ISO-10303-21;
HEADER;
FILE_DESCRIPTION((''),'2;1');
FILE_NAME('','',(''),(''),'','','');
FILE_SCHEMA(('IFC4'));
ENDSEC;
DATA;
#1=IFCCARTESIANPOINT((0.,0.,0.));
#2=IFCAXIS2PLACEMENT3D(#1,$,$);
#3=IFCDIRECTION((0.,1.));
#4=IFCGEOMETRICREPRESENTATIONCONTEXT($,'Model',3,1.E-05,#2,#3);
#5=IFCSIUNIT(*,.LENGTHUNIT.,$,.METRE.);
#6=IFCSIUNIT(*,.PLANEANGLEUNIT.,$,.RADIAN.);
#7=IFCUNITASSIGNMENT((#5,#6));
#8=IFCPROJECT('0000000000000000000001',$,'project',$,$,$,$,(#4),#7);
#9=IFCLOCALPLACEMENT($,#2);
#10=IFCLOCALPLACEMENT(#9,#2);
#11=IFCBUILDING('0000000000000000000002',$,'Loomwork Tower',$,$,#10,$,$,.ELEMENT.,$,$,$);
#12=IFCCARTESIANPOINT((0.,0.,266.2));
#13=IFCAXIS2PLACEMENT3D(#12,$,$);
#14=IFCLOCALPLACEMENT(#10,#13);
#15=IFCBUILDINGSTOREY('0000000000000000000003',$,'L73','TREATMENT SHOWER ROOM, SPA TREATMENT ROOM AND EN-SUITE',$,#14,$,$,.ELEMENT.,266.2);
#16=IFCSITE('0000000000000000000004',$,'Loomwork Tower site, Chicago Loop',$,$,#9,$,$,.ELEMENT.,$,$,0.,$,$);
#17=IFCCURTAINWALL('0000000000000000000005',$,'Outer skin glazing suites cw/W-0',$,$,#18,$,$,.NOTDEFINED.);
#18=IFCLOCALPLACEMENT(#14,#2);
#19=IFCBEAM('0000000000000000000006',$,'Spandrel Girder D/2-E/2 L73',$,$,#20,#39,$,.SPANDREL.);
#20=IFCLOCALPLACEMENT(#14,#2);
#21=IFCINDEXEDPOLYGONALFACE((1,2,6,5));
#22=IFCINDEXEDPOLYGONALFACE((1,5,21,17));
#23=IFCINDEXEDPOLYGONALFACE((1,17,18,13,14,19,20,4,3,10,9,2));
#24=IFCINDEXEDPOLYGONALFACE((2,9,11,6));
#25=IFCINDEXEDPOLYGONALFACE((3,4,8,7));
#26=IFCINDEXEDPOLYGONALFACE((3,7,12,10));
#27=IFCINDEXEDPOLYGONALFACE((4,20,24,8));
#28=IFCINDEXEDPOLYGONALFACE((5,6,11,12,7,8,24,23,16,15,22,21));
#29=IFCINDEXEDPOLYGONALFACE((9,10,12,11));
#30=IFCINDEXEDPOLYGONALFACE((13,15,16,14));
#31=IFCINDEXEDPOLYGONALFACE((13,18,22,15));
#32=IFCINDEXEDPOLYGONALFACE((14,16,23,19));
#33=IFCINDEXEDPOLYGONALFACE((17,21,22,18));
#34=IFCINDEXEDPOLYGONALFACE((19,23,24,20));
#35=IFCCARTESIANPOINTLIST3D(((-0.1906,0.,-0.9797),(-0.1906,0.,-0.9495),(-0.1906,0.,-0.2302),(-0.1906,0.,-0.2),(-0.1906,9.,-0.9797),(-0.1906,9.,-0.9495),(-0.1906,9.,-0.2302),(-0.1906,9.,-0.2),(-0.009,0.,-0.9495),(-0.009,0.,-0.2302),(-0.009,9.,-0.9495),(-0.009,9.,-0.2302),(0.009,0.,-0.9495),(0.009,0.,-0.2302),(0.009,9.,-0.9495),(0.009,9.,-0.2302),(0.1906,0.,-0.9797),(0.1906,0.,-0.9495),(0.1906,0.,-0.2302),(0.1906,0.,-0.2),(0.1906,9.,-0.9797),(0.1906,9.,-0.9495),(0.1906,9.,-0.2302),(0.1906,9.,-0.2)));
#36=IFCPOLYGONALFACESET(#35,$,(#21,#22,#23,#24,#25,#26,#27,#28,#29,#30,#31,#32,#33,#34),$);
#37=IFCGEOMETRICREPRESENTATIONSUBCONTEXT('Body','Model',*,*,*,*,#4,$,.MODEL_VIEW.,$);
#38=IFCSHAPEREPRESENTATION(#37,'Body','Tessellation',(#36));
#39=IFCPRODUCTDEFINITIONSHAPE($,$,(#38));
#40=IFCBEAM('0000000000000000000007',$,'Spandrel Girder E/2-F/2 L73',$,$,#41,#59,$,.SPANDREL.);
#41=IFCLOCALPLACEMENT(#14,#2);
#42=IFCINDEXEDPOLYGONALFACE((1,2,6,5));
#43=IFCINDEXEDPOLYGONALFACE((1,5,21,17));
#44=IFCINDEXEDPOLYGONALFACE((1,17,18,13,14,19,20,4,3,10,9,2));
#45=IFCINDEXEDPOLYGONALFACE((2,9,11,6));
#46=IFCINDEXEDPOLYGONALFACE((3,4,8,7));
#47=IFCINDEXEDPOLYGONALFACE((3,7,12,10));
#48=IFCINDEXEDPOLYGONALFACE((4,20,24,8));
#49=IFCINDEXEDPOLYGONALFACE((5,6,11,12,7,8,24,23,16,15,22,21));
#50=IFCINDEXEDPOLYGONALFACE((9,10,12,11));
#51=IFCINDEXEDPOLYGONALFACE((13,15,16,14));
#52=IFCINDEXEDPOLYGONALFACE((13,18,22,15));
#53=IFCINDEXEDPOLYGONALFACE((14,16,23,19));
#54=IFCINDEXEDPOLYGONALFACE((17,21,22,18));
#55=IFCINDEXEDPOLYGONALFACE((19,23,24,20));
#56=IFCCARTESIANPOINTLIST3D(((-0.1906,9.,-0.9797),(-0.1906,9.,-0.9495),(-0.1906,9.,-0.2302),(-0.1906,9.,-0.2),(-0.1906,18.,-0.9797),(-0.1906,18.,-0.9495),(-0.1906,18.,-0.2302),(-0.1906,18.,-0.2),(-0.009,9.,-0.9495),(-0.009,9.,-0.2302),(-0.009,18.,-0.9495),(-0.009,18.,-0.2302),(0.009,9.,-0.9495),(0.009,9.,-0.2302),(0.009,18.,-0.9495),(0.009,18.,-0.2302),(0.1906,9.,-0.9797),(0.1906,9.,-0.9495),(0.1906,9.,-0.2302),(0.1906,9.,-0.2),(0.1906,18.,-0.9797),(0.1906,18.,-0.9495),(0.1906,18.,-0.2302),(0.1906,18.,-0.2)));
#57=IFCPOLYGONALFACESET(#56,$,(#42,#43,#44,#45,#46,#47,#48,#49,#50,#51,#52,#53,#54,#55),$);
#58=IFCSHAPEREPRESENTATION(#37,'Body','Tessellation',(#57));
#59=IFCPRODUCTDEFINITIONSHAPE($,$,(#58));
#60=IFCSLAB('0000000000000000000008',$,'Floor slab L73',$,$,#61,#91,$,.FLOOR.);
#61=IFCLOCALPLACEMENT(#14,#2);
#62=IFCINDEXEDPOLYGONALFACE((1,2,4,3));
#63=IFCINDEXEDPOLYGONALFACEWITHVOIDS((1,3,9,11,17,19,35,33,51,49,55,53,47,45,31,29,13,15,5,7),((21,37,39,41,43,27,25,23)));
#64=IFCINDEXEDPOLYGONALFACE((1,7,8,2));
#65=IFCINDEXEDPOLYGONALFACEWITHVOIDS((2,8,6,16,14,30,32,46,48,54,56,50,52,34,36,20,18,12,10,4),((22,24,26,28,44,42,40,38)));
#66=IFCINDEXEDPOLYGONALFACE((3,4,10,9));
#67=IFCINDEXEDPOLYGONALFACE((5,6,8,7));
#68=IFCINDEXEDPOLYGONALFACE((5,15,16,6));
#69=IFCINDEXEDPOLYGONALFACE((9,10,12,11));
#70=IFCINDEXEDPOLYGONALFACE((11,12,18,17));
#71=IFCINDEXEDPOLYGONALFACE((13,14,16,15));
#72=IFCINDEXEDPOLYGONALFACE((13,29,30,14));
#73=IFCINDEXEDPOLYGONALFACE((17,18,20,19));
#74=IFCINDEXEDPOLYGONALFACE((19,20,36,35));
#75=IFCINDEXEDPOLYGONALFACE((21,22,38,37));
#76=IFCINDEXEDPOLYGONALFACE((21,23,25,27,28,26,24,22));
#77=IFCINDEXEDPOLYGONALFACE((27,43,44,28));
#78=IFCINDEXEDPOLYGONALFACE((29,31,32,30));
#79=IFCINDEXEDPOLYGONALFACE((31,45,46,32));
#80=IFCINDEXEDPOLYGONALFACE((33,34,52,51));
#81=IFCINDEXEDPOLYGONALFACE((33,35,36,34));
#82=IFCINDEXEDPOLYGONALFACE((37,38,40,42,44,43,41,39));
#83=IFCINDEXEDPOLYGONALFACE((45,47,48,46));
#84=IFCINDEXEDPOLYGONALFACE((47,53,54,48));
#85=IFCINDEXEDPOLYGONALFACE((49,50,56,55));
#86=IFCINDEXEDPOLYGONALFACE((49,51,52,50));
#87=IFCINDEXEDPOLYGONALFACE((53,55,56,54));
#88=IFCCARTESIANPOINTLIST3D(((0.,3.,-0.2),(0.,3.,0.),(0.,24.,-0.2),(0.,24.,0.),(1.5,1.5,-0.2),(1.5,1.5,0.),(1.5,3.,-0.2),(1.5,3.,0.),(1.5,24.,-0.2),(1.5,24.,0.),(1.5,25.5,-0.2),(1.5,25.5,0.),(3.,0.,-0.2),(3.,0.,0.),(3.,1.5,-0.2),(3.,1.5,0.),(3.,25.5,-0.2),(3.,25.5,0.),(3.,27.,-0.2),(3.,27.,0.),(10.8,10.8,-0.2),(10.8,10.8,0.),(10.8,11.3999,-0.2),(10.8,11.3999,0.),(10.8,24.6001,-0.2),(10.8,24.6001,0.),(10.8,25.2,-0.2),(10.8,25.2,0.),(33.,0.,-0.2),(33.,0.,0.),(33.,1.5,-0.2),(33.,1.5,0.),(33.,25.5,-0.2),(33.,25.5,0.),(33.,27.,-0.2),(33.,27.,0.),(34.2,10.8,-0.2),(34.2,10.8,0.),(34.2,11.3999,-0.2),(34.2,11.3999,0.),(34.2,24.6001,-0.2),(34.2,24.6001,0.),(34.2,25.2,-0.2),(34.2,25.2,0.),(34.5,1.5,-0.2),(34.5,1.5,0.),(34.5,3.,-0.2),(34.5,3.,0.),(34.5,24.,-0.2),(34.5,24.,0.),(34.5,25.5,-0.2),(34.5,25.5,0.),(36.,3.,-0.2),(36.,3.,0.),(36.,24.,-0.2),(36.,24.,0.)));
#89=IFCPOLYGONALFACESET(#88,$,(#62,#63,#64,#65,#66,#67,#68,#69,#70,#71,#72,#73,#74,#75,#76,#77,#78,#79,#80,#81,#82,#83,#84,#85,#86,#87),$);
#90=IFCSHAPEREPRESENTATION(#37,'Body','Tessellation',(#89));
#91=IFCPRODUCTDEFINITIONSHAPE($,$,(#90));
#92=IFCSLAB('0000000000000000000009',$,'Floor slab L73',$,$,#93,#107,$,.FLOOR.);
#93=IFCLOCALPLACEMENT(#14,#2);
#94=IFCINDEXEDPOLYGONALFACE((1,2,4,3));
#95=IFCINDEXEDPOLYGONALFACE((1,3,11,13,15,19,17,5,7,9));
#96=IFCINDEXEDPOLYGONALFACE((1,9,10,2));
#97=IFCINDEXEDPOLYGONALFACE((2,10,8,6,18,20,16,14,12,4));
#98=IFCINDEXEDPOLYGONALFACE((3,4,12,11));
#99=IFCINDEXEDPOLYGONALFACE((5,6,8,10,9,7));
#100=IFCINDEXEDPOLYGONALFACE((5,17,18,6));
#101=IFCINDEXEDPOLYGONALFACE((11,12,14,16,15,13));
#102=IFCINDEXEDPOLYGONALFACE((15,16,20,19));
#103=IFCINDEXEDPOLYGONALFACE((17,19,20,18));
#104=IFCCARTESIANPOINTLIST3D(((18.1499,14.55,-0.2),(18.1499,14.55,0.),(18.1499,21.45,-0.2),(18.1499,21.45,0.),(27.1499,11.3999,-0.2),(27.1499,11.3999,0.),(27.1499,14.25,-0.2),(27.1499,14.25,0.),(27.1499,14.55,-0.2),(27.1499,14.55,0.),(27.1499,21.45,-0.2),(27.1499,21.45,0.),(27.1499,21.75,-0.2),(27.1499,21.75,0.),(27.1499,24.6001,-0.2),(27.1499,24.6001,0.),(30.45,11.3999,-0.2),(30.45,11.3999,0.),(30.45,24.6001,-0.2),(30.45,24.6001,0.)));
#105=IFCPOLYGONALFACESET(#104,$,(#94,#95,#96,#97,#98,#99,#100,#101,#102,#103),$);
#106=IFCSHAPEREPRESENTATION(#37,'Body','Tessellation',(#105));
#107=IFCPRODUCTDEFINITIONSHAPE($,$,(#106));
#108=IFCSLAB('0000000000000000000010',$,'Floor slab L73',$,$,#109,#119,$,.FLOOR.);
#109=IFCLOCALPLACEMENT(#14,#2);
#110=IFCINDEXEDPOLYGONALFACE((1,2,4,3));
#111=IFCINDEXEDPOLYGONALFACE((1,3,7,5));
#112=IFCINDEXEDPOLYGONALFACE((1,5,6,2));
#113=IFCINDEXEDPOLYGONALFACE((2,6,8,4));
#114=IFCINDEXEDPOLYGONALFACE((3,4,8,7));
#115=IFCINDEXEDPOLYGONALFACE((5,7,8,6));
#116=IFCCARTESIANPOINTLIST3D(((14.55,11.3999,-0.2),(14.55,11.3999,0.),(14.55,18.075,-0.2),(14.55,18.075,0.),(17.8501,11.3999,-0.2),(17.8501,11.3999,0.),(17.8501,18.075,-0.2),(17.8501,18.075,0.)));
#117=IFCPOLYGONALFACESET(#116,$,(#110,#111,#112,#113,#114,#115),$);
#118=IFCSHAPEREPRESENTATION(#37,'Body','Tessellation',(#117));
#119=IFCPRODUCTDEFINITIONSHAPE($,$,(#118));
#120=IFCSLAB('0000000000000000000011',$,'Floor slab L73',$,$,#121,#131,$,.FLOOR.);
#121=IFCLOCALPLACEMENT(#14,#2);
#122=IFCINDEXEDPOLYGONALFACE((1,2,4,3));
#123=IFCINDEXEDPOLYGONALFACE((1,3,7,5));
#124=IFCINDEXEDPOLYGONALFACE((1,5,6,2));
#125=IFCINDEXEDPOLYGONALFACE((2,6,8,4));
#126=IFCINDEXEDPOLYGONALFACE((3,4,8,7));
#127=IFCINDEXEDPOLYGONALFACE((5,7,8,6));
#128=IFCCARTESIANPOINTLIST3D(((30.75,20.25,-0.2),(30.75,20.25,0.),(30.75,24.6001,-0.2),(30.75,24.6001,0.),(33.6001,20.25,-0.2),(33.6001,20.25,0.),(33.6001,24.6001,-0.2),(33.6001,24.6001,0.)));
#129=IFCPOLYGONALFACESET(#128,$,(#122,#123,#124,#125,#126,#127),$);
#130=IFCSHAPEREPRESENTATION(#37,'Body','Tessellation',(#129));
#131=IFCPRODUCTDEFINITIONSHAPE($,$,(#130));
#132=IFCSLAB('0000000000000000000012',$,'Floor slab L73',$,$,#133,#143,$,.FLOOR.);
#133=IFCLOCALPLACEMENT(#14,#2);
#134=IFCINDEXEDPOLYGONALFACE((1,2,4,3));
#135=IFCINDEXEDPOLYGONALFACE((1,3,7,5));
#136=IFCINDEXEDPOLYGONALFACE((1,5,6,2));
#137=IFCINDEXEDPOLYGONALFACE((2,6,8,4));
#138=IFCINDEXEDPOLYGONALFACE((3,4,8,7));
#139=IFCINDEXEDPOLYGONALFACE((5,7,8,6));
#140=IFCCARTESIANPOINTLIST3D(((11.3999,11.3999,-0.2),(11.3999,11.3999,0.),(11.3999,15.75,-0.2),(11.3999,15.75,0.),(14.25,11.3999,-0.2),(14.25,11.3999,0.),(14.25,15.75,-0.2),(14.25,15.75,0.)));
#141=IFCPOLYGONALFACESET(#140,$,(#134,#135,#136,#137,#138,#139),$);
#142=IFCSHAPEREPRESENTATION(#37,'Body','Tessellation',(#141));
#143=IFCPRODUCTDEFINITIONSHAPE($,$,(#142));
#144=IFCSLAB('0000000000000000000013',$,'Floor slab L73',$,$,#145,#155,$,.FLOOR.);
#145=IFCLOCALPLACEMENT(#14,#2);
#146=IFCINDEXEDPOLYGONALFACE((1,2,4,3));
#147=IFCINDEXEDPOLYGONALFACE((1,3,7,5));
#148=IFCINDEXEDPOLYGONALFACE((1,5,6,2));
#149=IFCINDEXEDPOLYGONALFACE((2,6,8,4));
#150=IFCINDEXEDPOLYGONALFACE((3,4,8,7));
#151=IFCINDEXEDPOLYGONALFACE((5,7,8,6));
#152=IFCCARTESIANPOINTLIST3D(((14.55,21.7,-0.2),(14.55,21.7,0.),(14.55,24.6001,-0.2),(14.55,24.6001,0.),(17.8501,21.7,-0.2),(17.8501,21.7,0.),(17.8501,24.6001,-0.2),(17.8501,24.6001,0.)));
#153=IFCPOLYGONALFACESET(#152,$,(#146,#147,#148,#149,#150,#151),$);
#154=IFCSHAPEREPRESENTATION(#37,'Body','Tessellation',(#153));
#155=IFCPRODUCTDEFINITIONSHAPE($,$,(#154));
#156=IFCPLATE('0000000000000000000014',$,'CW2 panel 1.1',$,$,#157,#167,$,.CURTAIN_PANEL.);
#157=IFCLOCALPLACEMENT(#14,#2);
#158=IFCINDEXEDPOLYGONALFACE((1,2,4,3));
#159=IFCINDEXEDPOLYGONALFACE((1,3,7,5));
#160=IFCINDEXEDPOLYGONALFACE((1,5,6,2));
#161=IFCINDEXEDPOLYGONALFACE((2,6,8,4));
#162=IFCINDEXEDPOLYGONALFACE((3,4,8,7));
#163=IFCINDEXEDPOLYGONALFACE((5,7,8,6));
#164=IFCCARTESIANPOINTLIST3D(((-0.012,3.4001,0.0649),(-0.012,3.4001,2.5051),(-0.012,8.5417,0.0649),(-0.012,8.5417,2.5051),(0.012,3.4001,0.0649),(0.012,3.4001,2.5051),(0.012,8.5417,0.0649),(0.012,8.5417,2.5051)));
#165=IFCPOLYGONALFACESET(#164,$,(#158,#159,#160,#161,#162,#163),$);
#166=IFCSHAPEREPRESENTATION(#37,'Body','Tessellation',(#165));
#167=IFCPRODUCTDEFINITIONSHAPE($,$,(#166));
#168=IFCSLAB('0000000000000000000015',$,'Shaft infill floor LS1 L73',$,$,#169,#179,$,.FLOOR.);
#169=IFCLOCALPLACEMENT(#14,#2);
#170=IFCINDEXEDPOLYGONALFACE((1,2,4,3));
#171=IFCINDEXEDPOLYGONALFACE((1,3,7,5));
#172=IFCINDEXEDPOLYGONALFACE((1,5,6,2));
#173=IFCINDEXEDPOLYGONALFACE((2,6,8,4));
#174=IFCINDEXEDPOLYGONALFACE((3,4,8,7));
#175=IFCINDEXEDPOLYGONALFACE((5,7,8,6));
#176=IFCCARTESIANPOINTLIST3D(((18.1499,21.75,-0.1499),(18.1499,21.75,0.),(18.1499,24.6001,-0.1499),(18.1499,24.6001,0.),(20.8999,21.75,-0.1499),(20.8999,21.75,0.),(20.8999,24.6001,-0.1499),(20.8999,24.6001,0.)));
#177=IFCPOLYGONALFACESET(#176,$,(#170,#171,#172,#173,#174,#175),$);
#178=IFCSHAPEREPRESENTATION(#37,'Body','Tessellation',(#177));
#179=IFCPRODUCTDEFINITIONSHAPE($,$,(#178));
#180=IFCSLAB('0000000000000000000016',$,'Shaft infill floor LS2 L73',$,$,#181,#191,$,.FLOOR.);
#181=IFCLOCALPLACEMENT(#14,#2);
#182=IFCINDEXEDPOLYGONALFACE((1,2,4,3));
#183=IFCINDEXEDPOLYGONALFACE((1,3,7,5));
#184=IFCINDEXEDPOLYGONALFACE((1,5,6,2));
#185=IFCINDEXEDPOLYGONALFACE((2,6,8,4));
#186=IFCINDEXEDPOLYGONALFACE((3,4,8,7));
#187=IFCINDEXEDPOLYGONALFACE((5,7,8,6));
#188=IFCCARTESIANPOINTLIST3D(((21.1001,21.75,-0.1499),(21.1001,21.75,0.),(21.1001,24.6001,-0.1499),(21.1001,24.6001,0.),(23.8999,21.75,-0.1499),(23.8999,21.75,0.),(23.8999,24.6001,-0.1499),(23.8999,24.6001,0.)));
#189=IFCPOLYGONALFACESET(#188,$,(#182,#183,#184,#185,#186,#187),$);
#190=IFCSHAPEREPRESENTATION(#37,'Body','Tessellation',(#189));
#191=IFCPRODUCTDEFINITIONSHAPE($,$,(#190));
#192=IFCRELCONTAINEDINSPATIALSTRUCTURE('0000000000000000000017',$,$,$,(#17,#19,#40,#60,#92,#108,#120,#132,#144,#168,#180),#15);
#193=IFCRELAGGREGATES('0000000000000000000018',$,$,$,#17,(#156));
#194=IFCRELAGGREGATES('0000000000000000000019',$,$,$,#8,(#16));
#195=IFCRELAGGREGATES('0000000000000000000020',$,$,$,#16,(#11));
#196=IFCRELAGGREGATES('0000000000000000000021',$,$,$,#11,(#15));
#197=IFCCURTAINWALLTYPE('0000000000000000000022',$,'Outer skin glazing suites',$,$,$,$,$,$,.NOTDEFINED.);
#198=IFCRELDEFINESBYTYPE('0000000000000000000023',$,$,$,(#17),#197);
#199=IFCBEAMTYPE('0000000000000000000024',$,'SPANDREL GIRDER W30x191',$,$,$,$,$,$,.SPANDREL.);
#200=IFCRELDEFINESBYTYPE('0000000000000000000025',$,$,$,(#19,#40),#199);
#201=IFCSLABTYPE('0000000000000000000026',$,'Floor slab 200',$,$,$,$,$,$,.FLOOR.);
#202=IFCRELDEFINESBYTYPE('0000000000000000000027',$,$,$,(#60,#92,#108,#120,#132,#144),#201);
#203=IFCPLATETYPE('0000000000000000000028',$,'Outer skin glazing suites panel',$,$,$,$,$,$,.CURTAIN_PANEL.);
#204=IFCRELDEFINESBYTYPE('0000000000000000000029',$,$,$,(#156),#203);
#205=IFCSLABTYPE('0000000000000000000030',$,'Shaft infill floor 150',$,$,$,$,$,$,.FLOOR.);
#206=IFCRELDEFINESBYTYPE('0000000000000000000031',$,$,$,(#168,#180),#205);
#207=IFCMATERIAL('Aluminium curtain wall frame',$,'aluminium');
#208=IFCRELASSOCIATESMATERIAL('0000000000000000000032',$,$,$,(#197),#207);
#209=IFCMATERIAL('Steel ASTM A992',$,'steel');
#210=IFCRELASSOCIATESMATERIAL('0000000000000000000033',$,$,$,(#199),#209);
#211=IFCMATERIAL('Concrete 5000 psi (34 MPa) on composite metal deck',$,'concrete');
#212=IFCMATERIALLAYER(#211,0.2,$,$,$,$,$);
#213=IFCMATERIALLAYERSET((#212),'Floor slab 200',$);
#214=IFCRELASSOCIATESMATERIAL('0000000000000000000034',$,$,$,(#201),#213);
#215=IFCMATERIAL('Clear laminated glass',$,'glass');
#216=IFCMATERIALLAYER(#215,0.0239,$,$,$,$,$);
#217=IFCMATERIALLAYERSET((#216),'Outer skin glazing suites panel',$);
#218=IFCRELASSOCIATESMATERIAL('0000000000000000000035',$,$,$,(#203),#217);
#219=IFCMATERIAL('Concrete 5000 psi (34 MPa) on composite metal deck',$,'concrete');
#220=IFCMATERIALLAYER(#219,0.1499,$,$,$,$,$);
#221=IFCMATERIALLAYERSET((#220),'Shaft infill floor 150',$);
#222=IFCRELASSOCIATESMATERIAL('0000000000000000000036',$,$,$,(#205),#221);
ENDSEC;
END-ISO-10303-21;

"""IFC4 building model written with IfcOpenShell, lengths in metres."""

from ifc_helpers import new_model, si_unit, direction, frame, origin, origin_2d, place, context, subcontext, project, spatial, polyline, rectangle, i_section, outline, extrude, material, layer, layer_set, material_profile, profile_set, type_object, element, aggregate, save


model = new_model("IFC4")

# Units and contexts
model_context = context("Model", 3, precision=1e-05, world=origin(), true_north=direction((0.0, 1.0)))
body_context = subcontext(model_context, "Body", "Model", "MODEL_VIEW")
ifc_project = project(units=[si_unit("LENGTHUNIT", "METRE"), si_unit("PLANEANGLEUNIT", "RADIAN")], contexts=[model_context])

# Site, building, storey
site_placement = place(None, origin())
site = spatial("IfcSite", under=ifc_project, at=site_placement, Name="Loomwork Tower site, Chicago Loop", CompositionType="ELEMENT", RefElevation=0.0)
building_placement = place(site_placement, origin())
building = spatial("IfcBuilding", under=site, at=building_placement, Name="Loomwork Tower", CompositionType="ELEMENT")
storey_placement = place(building_placement, frame((0.0, 0.0, 266.2)))
storey = spatial("IfcBuildingStorey", under=building, at=storey_placement, Name="L73", Description="TREATMENT SHOWER ROOM, SPA TREATMENT ROOM AND EN-SUITE", CompositionType="ELEMENT", Elevation=266.2)

# Curtain wall
ifc_material_1 = material(Name="Aluminium curtain wall frame", Category="aluminium")
curtain_wall_type = type_object("IfcCurtainWallType", Name="Outer skin glazing suites", PredefinedType="NOTDEFINED", material=ifc_material_1)
curtain_wall_placement = place(storey_placement, origin())
curtain_wall = element("IfcCurtainWall", 1, at=curtain_wall_placement, inside=storey, type_object=curtain_wall_type, Name="Outer skin glazing suites cw/W-0", PredefinedType="NOTDEFINED")

# Beams
ifc_material_2 = material(Name="Steel ASTM A992", Category="steel")
ifc_material_profile_1 = material_profile(ifc_material_2, i_section(OverallWidth=0.3811, OverallDepth=0.7798, WebThickness=0.0181, FlangeThickness=0.0303, at=origin_2d()), Name="W30x191")
ifc_profile_set_1 = profile_set([ifc_material_profile_1], Name="Steel ASTM A992")
beam_type_1 = type_object("IfcBeamType", Name="SPANDREL GIRDER W30x191", PredefinedType="SPANDREL", material=ifc_profile_set_1)
for number, where, z_axis, x_axis, name in (
    (2, (0.0, 0.0, -0.5898), (0.0, 1.0, 0.0), (-1.0, 0.0, 0.0), "Spandrel Girder D/2-E/2 L73"),
    (3, (0.0, 9.0, -0.5898), (0.0, 1.0, 0.0), (-1.0, 0.0, 0.0), "Spandrel Girder E/2-F/2 L73"),
):
    element("IfcBeam", number, at=place(storey_placement, frame(where, z_axis=z_axis, x_axis=x_axis)), inside=storey, type_object=beam_type_1, Name=name, PredefinedType="SPANDREL", context=body_context, shape_type="SweptSolid", body=[
        extrude(i_section(OverallWidth=0.3811, OverallDepth=0.7798, WebThickness=0.0181, FlangeThickness=0.0303, at=origin_2d()), origin(), (0.0, 0.0, 1.0), 9.0),
    ])

# Slabs
ifc_material_3 = material(Name="Concrete 5000 psi (34 MPa) on composite metal deck", Category="concrete")
ifc_layer_1 = layer(ifc_material_3, 0.2)
ifc_layer_set_1 = layer_set([ifc_layer_1], Name="Floor slab 200")
slab_type_1 = type_object("IfcSlabType", Name="Floor slab 200", PredefinedType="FLOOR", material=ifc_layer_set_1)
slab_1_placement = place(storey_placement, frame((0.0, 0.0, -0.2)))
element("IfcSlab", 4, at=slab_1_placement, inside=storey, type_object=slab_type_1, Name="Floor slab L73", PredefinedType="FLOOR", context=body_context, shape_type="SweptSolid", body=[
    extrude(outline(polyline([(3.0, 1.5), (1.5, 1.5), (1.5, 3.0), (0.0, 3.0), (0.0, 24.0), (1.5, 24.0), (1.5, 25.5), (3.0, 25.5), (3.0, 27.0), (33.0, 27.0), (33.0, 25.5), (34.5, 25.5), (34.5, 24.0), (36.0, 24.0), (36.0, 3.0), (34.5, 3.0), (34.5, 1.5), (33.0, 1.5), (33.0, 0.0), (3.0, 0.0), (3.0, 1.5)]), holes=[polyline([(10.8, 11.3999), (10.8, 11.3999), (10.8, 10.8), (34.2, 10.8), (34.2, 11.3999), (34.2, 11.3999), (34.2, 24.6001), (34.2, 25.2), (10.8, 25.2), (10.8, 24.6001), (10.8, 11.3999)])]), origin(), (0.0, 0.0, 1.0), 0.2),
])
slab_2_placement = place(storey_placement, frame((0.0, 0.0, -0.2)))
element("IfcSlab", 5, at=slab_2_placement, inside=storey, type_object=slab_type_1, Name="Floor slab L73", PredefinedType="FLOOR", context=body_context, shape_type="SweptSolid", body=[
    extrude(outline(polyline([(30.45, 24.6001), (30.45, 11.3999), (27.1499, 11.3999), (27.1499, 14.25), (27.1499, 14.55), (18.1499, 14.55), (18.1499, 21.45), (27.1499, 21.45), (27.1499, 21.75), (27.1499, 24.6001), (30.45, 24.6001)])), origin(), (0.0, 0.0, 1.0), 0.2),
])
slab_3_placement = place(storey_placement, frame((0.0, 0.0, -0.2)))
element("IfcSlab", 6, at=slab_3_placement, inside=storey, type_object=slab_type_1, Name="Floor slab L73", PredefinedType="FLOOR", context=body_context, shape_type="SweptSolid", body=[
    extrude(outline(polyline([(14.55, 11.3999), (14.55, 18.075), (17.8501, 18.075), (17.8501, 11.3999), (14.55, 11.3999)])), origin(), (0.0, 0.0, 1.0), 0.2),
])
slab_4_placement = place(storey_placement, frame((0.0, 0.0, -0.2)))
element("IfcSlab", 7, at=slab_4_placement, inside=storey, type_object=slab_type_1, Name="Floor slab L73", PredefinedType="FLOOR", context=body_context, shape_type="SweptSolid", body=[
    extrude(outline(polyline([(33.6001, 20.25), (30.75, 20.25), (30.75, 24.6001), (33.6001, 24.6001), (33.6001, 20.25)])), origin(), (0.0, 0.0, 1.0), 0.2),
])
slab_5_placement = place(storey_placement, frame((0.0, 0.0, -0.2)))
element("IfcSlab", 8, at=slab_5_placement, inside=storey, type_object=slab_type_1, Name="Floor slab L73", PredefinedType="FLOOR", context=body_context, shape_type="SweptSolid", body=[
    extrude(outline(polyline([(14.25, 15.75), (14.25, 11.3999), (11.3999, 11.3999), (11.3999, 15.75), (14.25, 15.75)])), origin(), (0.0, 0.0, 1.0), 0.2),
])
slab_6_placement = place(storey_placement, frame((0.0, 0.0, -0.2)))
element("IfcSlab", 9, at=slab_6_placement, inside=storey, type_object=slab_type_1, Name="Floor slab L73", PredefinedType="FLOOR", context=body_context, shape_type="SweptSolid", body=[
    extrude(outline(polyline([(14.55, 21.7), (14.55, 24.6001), (17.8501, 24.6001), (17.8501, 21.7), (14.55, 21.7)])), origin(), (0.0, 0.0, 1.0), 0.2),
])

# Plate
ifc_material_4 = material(Name="Clear laminated glass", Category="glass")
ifc_layer_2 = layer(ifc_material_4, 0.0239)
ifc_layer_set_2 = layer_set([ifc_layer_2], Name="Outer skin glazing suites panel")
plate_type = type_object("IfcPlateType", Name="Outer skin glazing suites panel", PredefinedType="CURTAIN_PANEL", material=ifc_layer_set_2)
plate_placement = place(storey_placement, frame((0.0, 5.9709, 0.0649), z_axis=(0.0, 0.0, 1.0), x_axis=(0.0, -1.0, 0.0)))
plate = element("IfcPlate", 10, at=plate_placement, type_object=plate_type, Name="CW2 panel 1.1", PredefinedType="CURTAIN_PANEL", context=body_context, shape_type="SweptSolid", body=[
    extrude(rectangle(XDim=5.1416, YDim=0.0239, at=origin_2d()), origin(), (0.0, 0.0, 1.0), 2.4402),
])
aggregate(curtain_wall, [plate])

# Slabs
ifc_material_5 = material(Name="Concrete 5000 psi (34 MPa) on composite metal deck", Category="concrete")
ifc_layer_3 = layer(ifc_material_5, 0.1499)
ifc_layer_set_3 = layer_set([ifc_layer_3], Name="Shaft infill floor 150")
slab_type_2 = type_object("IfcSlabType", Name="Shaft infill floor 150", PredefinedType="FLOOR", material=ifc_layer_set_3)
slab_7_placement = place(storey_placement, frame((0.0, 0.0, -0.1499)))
element("IfcSlab", 11, at=slab_7_placement, inside=storey, type_object=slab_type_2, Name="Shaft infill floor LS1 L73", PredefinedType="FLOOR", context=body_context, shape_type="SweptSolid", body=[
    extrude(outline(polyline([(18.1499, 21.75), (20.8999, 21.75), (20.8999, 24.6001), (18.1499, 24.6001), (18.1499, 21.75)])), origin(), (0.0, 0.0, 1.0), 0.1499),
])
slab_8_placement = place(storey_placement, frame((0.0, 0.0, -0.1499)))
element("IfcSlab", 12, at=slab_8_placement, inside=storey, type_object=slab_type_2, Name="Shaft infill floor LS2 L73", PredefinedType="FLOOR", context=body_context, shape_type="SweptSolid", body=[
    extrude(outline(polyline([(21.1001, 21.75), (23.8999, 21.75), (23.8999, 24.6001), (21.1001, 24.6001), (21.1001, 21.75)])), origin(), (0.0, 0.0, 1.0), 0.1499),
])

save(model, "model.ifc")
